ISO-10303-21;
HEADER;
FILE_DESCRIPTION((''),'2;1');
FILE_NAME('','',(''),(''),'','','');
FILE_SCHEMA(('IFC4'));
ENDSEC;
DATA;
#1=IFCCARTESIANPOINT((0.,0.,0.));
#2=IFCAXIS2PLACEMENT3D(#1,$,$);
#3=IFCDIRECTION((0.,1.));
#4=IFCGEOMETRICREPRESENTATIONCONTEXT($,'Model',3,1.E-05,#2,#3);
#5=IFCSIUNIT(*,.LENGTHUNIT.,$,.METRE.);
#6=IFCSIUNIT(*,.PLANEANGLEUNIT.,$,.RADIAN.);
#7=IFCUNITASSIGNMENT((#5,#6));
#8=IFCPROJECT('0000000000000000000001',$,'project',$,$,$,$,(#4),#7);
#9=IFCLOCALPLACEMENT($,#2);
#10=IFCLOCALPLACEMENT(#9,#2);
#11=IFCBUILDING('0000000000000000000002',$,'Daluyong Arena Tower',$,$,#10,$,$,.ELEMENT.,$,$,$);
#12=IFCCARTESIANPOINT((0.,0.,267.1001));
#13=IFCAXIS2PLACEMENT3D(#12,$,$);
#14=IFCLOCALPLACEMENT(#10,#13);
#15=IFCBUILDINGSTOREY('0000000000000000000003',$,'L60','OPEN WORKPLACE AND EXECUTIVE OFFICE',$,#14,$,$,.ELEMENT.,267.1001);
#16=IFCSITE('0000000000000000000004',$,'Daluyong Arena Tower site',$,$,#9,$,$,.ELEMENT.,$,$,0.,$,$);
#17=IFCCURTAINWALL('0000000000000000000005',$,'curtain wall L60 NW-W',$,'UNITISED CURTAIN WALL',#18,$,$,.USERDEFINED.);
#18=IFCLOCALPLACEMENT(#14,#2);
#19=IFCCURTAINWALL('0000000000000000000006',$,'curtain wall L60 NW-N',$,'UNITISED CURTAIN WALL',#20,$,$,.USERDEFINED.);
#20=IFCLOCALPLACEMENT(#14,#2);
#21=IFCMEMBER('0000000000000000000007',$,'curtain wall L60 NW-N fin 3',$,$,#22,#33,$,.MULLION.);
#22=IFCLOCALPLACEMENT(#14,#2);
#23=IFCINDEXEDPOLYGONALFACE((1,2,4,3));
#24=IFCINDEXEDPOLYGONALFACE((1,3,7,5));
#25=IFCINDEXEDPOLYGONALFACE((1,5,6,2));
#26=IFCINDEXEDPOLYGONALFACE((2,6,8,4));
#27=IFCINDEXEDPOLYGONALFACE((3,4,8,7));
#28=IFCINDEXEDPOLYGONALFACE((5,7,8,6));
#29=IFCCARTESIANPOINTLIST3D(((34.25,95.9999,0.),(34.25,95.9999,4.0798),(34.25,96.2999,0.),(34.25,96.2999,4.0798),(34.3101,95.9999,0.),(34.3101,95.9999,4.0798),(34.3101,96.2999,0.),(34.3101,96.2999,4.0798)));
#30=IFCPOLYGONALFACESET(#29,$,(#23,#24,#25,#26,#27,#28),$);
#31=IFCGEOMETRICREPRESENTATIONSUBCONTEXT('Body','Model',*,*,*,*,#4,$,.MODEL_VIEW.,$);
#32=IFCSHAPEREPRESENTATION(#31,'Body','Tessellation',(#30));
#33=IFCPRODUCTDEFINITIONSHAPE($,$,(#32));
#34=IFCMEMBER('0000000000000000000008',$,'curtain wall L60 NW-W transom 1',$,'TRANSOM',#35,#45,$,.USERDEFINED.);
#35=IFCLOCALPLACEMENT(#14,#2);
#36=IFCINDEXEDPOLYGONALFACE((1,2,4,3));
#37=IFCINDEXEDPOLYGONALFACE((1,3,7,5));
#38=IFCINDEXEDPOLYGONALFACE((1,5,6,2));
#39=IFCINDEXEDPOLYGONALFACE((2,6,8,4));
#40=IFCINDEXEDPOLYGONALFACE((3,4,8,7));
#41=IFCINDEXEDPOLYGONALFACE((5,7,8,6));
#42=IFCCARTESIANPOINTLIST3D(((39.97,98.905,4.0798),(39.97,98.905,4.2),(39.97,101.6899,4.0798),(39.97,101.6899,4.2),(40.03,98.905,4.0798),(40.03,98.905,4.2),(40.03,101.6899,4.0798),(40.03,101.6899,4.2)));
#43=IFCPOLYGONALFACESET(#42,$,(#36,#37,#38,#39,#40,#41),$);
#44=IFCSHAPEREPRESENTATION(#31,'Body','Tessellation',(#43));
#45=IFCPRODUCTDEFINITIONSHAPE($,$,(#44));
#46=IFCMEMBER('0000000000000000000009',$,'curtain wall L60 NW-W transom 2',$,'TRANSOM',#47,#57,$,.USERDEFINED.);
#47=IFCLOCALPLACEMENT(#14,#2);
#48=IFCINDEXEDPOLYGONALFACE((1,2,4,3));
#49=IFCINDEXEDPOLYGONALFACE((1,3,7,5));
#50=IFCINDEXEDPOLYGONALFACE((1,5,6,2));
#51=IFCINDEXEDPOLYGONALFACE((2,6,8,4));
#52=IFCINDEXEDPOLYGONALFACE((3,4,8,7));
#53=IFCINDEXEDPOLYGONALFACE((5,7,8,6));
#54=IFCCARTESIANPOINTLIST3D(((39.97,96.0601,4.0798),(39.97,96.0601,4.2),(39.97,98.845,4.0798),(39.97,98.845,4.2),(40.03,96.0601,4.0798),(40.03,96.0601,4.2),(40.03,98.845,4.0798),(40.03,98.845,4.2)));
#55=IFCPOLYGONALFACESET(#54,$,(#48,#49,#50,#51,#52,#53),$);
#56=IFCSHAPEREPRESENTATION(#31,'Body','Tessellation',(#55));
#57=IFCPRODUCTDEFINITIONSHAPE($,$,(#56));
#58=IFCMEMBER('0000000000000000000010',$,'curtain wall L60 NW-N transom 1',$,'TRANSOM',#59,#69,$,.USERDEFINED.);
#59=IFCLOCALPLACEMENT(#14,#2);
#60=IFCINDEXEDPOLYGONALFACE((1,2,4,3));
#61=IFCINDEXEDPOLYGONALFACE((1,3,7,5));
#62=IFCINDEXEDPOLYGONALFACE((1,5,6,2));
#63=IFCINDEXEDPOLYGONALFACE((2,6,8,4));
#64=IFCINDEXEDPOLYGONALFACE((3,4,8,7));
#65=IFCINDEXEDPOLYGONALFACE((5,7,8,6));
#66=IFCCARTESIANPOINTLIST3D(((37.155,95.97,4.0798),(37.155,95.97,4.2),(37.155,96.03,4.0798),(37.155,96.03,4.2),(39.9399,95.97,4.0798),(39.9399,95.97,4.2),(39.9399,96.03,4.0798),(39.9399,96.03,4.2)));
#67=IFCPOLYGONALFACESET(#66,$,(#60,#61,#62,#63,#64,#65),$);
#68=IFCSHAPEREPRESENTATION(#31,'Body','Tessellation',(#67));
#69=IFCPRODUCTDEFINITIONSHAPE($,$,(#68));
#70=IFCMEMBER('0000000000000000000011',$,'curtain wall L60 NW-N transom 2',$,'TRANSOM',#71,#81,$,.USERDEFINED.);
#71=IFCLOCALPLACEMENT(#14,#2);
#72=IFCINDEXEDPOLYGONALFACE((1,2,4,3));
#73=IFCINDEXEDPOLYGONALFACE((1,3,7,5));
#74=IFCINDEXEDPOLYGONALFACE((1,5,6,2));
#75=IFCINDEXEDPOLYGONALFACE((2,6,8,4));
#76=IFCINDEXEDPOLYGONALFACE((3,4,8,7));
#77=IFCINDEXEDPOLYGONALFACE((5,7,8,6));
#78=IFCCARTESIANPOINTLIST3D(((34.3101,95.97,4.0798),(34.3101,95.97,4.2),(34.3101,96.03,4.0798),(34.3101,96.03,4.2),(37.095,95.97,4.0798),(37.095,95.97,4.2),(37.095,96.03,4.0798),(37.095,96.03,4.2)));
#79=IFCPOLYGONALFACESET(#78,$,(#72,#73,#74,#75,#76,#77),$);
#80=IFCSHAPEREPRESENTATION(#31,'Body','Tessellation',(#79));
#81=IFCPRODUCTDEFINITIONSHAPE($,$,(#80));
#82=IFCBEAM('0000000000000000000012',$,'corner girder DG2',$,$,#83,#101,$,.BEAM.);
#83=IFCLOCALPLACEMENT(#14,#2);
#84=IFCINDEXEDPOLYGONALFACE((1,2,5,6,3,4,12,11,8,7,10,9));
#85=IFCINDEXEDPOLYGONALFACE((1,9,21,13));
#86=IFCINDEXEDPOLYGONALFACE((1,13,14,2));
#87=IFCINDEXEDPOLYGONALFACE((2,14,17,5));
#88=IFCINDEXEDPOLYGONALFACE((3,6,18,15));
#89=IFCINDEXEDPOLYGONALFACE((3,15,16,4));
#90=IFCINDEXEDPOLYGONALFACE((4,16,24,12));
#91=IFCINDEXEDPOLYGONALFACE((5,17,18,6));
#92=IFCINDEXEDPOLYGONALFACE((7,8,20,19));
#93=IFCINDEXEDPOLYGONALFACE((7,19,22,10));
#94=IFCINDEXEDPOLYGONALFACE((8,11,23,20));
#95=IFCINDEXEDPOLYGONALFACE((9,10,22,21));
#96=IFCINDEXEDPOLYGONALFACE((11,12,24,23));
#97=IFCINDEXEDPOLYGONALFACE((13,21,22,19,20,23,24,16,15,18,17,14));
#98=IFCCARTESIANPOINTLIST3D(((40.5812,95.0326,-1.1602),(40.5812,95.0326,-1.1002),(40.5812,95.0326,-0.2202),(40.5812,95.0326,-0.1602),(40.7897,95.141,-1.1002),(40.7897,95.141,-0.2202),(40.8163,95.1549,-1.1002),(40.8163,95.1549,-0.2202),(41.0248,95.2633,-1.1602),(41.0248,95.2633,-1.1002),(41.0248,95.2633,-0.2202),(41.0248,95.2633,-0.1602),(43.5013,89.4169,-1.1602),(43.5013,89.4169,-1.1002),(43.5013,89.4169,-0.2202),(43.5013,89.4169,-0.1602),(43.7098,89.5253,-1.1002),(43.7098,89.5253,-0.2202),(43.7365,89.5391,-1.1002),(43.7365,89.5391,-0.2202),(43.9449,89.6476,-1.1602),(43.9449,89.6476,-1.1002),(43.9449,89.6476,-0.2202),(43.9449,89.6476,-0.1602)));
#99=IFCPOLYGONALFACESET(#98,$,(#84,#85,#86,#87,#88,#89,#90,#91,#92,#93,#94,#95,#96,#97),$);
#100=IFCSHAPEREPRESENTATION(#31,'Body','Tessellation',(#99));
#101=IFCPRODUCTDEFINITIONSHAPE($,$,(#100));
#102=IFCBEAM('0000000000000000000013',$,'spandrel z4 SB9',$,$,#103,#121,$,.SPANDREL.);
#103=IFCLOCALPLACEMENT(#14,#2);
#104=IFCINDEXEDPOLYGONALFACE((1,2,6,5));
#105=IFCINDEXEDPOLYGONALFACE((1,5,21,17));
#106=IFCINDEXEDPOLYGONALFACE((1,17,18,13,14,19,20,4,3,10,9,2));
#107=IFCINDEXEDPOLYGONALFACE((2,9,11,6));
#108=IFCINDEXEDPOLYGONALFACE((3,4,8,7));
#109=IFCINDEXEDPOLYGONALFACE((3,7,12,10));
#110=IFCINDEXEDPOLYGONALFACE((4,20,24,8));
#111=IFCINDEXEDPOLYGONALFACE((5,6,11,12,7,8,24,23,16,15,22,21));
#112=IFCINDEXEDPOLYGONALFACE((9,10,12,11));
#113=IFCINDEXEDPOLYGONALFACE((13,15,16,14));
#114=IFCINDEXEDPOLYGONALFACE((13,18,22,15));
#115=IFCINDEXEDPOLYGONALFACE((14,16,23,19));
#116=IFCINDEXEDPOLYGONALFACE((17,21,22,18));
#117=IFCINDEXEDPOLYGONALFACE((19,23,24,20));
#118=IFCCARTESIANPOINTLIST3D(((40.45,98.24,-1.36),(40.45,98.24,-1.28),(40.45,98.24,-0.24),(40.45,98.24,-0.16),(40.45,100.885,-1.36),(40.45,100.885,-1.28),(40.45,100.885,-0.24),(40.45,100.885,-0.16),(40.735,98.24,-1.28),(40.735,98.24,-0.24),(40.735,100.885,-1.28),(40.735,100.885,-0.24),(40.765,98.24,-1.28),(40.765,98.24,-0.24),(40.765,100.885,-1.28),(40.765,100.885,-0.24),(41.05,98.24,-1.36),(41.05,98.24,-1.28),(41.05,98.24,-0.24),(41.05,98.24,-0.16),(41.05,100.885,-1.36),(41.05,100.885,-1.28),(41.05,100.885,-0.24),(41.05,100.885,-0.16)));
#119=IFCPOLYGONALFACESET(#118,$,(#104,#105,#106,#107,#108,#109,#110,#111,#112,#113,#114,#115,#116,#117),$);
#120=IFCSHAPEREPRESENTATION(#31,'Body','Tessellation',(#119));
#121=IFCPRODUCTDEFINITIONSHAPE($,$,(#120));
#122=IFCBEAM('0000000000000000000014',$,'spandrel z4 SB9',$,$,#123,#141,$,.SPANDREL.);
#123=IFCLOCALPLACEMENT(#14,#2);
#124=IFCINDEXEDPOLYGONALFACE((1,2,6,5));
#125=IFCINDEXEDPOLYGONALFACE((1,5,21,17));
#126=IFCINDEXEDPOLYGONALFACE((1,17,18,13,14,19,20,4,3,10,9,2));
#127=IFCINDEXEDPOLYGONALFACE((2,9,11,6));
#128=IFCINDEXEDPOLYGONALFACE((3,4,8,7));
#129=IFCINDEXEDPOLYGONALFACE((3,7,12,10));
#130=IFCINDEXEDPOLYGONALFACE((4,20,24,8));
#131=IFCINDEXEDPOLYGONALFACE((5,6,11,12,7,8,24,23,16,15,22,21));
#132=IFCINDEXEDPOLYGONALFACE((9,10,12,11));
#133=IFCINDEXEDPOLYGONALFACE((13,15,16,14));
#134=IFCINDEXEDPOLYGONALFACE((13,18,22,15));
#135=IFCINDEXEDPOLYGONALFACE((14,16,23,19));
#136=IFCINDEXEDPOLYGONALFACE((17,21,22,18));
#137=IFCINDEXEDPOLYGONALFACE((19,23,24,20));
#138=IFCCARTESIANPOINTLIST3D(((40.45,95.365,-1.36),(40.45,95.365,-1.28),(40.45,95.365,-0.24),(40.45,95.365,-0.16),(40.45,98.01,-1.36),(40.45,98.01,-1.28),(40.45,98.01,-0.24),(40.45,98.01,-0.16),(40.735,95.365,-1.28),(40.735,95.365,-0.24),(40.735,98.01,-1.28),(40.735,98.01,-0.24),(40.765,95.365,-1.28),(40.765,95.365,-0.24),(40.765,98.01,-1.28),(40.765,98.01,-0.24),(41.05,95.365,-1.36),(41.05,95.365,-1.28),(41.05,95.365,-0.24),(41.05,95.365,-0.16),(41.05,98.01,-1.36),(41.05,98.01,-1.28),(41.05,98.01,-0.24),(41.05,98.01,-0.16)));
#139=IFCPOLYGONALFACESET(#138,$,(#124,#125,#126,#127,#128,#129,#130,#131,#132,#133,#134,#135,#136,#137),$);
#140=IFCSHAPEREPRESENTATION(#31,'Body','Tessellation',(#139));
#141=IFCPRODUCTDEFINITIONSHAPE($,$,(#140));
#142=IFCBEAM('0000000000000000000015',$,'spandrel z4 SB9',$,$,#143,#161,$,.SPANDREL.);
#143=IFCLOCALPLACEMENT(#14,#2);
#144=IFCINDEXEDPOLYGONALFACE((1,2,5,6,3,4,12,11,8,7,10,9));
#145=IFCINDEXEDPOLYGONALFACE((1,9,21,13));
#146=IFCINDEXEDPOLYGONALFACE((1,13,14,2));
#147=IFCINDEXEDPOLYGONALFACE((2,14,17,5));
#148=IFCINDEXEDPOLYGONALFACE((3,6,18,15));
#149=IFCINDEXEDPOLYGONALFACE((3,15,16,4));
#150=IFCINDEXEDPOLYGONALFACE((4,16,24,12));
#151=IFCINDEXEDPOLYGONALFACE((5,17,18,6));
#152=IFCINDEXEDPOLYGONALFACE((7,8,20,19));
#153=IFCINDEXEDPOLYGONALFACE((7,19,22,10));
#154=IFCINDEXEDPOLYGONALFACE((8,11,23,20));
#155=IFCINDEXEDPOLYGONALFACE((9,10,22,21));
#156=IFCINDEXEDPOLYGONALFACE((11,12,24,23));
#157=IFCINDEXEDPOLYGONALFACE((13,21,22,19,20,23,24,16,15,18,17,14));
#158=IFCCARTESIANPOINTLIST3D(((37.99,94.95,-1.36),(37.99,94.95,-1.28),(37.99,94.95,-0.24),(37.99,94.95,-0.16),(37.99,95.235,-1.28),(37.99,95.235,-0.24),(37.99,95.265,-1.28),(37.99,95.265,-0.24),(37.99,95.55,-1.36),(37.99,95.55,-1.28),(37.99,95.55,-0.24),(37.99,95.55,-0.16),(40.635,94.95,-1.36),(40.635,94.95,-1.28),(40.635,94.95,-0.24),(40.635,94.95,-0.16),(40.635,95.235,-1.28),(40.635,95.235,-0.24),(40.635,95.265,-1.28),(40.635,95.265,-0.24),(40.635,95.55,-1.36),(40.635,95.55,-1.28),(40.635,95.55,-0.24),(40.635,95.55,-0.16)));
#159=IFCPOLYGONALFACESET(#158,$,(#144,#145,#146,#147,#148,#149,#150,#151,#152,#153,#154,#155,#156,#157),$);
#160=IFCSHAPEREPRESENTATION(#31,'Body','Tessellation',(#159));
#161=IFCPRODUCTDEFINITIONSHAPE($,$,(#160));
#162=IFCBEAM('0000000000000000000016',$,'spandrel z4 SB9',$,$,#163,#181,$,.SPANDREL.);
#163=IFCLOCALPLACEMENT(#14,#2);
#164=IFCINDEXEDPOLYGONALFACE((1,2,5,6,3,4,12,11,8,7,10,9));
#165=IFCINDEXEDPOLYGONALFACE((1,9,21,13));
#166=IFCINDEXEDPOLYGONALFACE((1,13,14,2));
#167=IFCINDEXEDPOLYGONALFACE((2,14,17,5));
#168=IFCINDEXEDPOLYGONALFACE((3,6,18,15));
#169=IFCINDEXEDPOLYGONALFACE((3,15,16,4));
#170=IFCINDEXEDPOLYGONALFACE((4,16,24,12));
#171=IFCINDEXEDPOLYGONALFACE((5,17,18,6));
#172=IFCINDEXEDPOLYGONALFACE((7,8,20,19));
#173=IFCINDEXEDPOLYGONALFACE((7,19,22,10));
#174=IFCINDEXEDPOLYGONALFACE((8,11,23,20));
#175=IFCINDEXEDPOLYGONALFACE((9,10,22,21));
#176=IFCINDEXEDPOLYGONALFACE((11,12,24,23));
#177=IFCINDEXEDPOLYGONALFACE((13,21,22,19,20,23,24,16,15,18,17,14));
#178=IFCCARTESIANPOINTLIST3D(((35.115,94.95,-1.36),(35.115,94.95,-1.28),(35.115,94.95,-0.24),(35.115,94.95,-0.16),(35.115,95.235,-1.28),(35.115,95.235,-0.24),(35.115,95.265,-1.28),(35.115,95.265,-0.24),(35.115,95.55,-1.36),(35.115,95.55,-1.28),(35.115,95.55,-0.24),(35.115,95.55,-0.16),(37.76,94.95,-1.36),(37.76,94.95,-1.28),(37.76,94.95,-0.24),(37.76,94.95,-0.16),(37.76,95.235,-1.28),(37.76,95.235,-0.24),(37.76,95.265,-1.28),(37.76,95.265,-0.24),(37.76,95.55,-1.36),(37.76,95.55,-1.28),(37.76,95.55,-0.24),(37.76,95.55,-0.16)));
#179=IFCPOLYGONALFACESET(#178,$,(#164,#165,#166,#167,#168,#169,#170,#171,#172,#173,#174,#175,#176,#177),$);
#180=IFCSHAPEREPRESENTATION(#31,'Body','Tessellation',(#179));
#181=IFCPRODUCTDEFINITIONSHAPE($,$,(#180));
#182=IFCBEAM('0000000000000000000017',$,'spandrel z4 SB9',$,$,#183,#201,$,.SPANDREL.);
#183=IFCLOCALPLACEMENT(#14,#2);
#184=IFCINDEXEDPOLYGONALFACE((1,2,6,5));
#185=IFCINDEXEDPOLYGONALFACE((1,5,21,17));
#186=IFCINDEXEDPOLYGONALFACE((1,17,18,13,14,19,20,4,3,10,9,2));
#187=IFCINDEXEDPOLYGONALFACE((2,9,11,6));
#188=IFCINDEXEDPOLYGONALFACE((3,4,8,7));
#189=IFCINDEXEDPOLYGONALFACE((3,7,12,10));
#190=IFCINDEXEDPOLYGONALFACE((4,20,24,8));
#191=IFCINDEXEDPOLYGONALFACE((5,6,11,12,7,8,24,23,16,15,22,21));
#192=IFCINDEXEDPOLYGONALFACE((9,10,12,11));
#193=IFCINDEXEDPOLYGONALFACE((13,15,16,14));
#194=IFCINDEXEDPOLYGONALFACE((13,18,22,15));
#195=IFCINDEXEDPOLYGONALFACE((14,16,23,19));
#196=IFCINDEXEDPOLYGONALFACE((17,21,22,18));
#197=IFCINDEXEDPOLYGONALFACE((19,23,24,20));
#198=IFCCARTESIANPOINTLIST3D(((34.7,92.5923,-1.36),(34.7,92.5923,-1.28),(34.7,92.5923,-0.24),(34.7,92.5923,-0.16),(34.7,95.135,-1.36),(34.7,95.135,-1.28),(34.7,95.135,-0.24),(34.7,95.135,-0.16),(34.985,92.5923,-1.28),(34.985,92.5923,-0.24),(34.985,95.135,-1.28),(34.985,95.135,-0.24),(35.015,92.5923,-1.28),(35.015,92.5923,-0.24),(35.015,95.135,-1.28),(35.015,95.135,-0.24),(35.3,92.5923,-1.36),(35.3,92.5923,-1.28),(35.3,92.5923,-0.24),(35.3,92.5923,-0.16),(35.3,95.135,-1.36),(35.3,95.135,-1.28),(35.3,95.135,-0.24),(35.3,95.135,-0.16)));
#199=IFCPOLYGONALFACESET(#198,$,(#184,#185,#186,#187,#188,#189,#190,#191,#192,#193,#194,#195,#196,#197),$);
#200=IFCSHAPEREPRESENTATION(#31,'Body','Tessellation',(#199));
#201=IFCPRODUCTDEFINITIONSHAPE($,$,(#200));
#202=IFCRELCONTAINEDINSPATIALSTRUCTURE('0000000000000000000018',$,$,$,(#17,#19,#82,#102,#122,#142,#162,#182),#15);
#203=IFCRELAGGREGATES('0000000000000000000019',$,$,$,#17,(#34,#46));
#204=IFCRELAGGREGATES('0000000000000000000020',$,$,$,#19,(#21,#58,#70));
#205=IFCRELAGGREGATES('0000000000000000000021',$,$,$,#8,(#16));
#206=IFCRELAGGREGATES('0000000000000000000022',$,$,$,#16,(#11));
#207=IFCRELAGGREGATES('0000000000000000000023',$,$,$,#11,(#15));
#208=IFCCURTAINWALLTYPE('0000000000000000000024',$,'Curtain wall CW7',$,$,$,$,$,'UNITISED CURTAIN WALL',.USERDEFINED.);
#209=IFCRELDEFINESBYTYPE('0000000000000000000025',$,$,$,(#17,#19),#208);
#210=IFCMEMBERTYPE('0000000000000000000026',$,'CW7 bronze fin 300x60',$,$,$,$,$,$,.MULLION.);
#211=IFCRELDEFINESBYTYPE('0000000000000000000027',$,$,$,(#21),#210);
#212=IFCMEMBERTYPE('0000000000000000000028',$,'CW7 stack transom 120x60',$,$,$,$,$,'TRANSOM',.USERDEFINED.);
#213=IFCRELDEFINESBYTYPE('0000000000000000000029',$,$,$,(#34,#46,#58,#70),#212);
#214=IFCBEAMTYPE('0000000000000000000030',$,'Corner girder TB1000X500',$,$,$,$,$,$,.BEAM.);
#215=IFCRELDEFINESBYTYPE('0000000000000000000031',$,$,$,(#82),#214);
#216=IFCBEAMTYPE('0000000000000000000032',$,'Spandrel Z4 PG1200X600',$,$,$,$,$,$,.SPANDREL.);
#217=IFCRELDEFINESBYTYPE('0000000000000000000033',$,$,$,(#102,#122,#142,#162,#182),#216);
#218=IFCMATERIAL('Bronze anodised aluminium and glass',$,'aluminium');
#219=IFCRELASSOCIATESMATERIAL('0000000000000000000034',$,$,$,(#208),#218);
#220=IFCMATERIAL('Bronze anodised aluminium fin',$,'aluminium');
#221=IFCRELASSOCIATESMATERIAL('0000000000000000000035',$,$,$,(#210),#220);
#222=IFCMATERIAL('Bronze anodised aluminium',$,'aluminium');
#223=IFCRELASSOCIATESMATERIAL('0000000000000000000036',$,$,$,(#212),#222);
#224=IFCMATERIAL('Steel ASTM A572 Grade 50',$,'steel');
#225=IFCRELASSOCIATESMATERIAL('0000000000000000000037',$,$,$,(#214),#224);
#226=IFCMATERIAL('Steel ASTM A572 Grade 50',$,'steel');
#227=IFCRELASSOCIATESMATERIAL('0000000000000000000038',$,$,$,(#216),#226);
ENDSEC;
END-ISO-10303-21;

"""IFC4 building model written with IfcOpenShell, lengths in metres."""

from ifc_helpers import new_model, si_unit, direction, frame, origin, origin_2d, place, context, subcontext, project, spatial, rectangle, i_section, extrude, material, material_profile, profile_set, type_object, element, aggregate, save


model = new_model("IFC4")

# Units and contexts
model_context = context("Model", 3, precision=1e-05, world=origin(), true_north=direction((0.0, 1.0)))
body_context = subcontext(model_context, "Body", "Model", "MODEL_VIEW")
ifc_project = project(units=[si_unit("LENGTHUNIT", "METRE"), si_unit("PLANEANGLEUNIT", "RADIAN")], contexts=[model_context])

# Site, building, storey
site_placement = place(None, origin())
site = spatial("IfcSite", under=ifc_project, at=site_placement, Name="Daluyong Arena Tower site", CompositionType="ELEMENT", RefElevation=0.0)
building_placement = place(site_placement, origin())
building = spatial("IfcBuilding", under=site, at=building_placement, Name="Daluyong Arena Tower", CompositionType="ELEMENT")
storey_placement = place(building_placement, frame((0.0, 0.0, 267.1001)))
storey = spatial("IfcBuildingStorey", under=building, at=storey_placement, Name="L60", Description="OPEN WORKPLACE AND EXECUTIVE OFFICE", CompositionType="ELEMENT", Elevation=267.1001)

# Curtain walls, member
ifc_material_1 = material(Name="Bronze anodised aluminium and glass", Category="aluminium")
curtain_wall_type_1 = type_object("IfcCurtainWallType", Name="Curtain wall CW7", ElementType="UNITISED CURTAIN WALL", PredefinedType="USERDEFINED", material=ifc_material_1)
curtain_wall_1_placement = place(storey_placement, origin())
curtain_wall_1 = element("IfcCurtainWall", 1, at=curtain_wall_1_placement, inside=storey, type_object=curtain_wall_type_1, Name="curtain wall L60 NW-W", ObjectType="UNITISED CURTAIN WALL", PredefinedType="USERDEFINED")
ifc_material_2 = material(Name="Bronze anodised aluminium fin", Category="aluminium")
ifc_material_profile_1 = material_profile(ifc_material_2, rectangle(XDim=0.3, YDim=0.0601, at=origin_2d()))
ifc_profile_set_1 = profile_set([ifc_material_profile_1], Name="Bronze anodised aluminium fin")
member_type_1 = type_object("IfcMemberType", Name="CW7 bronze fin 300x60", PredefinedType="MULLION", material=ifc_profile_set_1)
curtain_wall_2_placement = place(storey_placement, origin())
curtain_wall_2 = element("IfcCurtainWall", 2, at=curtain_wall_2_placement, inside=storey, type_object=curtain_wall_type_1, Name="curtain wall L60 NW-N", ObjectType="UNITISED CURTAIN WALL", PredefinedType="USERDEFINED")
member_1_placement = place(storey_placement, frame((34.28, 96.1499, 0.0), z_axis=(0.0, 0.0, 1.0), x_axis=(0.0, -1.0, 0.0)))
member_1 = element("IfcMember", 3, at=member_1_placement, type_object=member_type_1, Name="curtain wall L60 NW-N fin 3", PredefinedType="MULLION", context=body_context, shape_type="SweptSolid", body=[
    extrude(rectangle(XDim=0.3, YDim=0.0601, at=origin_2d()), origin(), (0.0, 0.0, 1.0), 4.0798),
])

# Members
ifc_material_3 = material(Name="Bronze anodised aluminium", Category="aluminium")
ifc_material_profile_2 = material_profile(ifc_material_3, rectangle(XDim=0.0601, YDim=0.1201, at=origin_2d()))
ifc_profile_set_2 = profile_set([ifc_material_profile_2], Name="Bronze anodised aluminium")
member_type_2 = type_object("IfcMemberType", Name="CW7 stack transom 120x60", ElementType="TRANSOM", PredefinedType="USERDEFINED", material=ifc_profile_set_2)
member_2_placement = place(storey_placement, frame((40.0, 101.6899, 4.1399), z_axis=(0.0, -1.0, 0.0), x_axis=(1.0, 0.0, 0.0)))
member_2 = element("IfcMember", 4, at=member_2_placement, type_object=member_type_2, Name="curtain wall L60 NW-W transom 1", ObjectType="TRANSOM", PredefinedType="USERDEFINED", context=body_context, shape_type="SweptSolid", body=[
    extrude(rectangle(XDim=0.0601, YDim=0.1201, at=origin_2d()), origin(), (0.0, 0.0, 1.0), 2.7849),
])
member_3_placement = place(storey_placement, frame((40.0, 98.845, 4.1399), z_axis=(0.0, -1.0, 0.0), x_axis=(1.0, 0.0, 0.0)))
member_3 = element("IfcMember", 5, at=member_3_placement, type_object=member_type_2, Name="curtain wall L60 NW-W transom 2", ObjectType="TRANSOM", PredefinedType="USERDEFINED", context=body_context, shape_type="SweptSolid", body=[
    extrude(rectangle(XDim=0.0601, YDim=0.1201, at=origin_2d()), origin(), (0.0, 0.0, 1.0), 2.7849),
])
member_4_placement = place(storey_placement, frame((39.9399, 96.0, 4.1399), z_axis=(-1.0, 0.0, 0.0), x_axis=(0.0, -1.0, 0.0)))
member_4 = element("IfcMember", 6, at=member_4_placement, type_object=member_type_2, Name="curtain wall L60 NW-N transom 1", ObjectType="TRANSOM", PredefinedType="USERDEFINED", context=body_context, shape_type="SweptSolid", body=[
    extrude(rectangle(XDim=0.0601, YDim=0.1201, at=origin_2d()), origin(), (0.0, 0.0, 1.0), 2.7849),
])
member_5_placement = place(storey_placement, frame((37.095, 96.0, 4.1399), z_axis=(-1.0, 0.0, 0.0), x_axis=(0.0, -1.0, 0.0)))
member_5 = element("IfcMember", 7, at=member_5_placement, type_object=member_type_2, Name="curtain wall L60 NW-N transom 2", ObjectType="TRANSOM", PredefinedType="USERDEFINED", context=body_context, shape_type="SweptSolid", body=[
    extrude(rectangle(XDim=0.0601, YDim=0.1201, at=origin_2d()), origin(), (0.0, 0.0, 1.0), 2.7849),
])

# Beams
ifc_material_4 = material(Name="Steel ASTM A572 Grade 50", Category="steel")
ifc_material_profile_3 = material_profile(ifc_material_4, i_section(OverallWidth=0.5, OverallDepth=1.0, WebThickness=0.03, FlangeThickness=0.06, at=origin_2d()))
ifc_profile_set_3 = profile_set([ifc_material_profile_3], Name="Steel ASTM A572 Grade 50")
beam_type_1 = type_object("IfcBeamType", Name="Corner girder TB1000X500", PredefinedType="BEAM", material=ifc_profile_set_3)
beam_1_placement = place(storey_placement, frame((40.803, 95.1479, -0.6602), z_axis=(0.461352, -0.887217, 0.0), x_axis=(0.887217, 0.461352, 0.0)))
element("IfcBeam", 8, at=beam_1_placement, inside=storey, type_object=beam_type_1, Name="corner girder DG2", PredefinedType="BEAM", context=body_context, shape_type="SweptSolid", body=[
    extrude(i_section(OverallWidth=0.5, OverallDepth=1.0, WebThickness=0.03, FlangeThickness=0.06, at=origin_2d()), origin(), (0.0, 0.0, 1.0), 6.3296),
])
ifc_material_5 = material(Name="Steel ASTM A572 Grade 50", Category="steel")
ifc_material_profile_4 = material_profile(ifc_material_5, i_section(OverallWidth=0.6001, OverallDepth=1.2, WebThickness=0.03, FlangeThickness=0.08, at=origin_2d()))
ifc_profile_set_4 = profile_set([ifc_material_profile_4], Name="Steel ASTM A572 Grade 50")
beam_type_2 = type_object("IfcBeamType", Name="Spandrel Z4 PG1200X600", PredefinedType="SPANDREL", material=ifc_profile_set_4)
for number, where, z_axis, x_axis, name in (
    (9, (40.75, 100.885, -0.76), (0.0, -1.0, 0.0), (1.0, 0.0, 0.0), "spandrel z4 SB9"),
    (10, (40.75, 98.01, -0.76), (0.0, -1.0, 0.0), (1.0, 0.0, 0.0), "spandrel z4 SB9"),
    (11, (40.635, 95.25, -0.76), (-1.0, 0.0, 0.0), (0.0, -1.0, 0.0), "spandrel z4 SB9"),
    (12, (37.76, 95.25, -0.76), (-1.0, 0.0, 0.0), (0.0, -1.0, 0.0), "spandrel z4 SB9"),
):
    element("IfcBeam", number, at=place(storey_placement, frame(where, z_axis=z_axis, x_axis=x_axis)), inside=storey, type_object=beam_type_2, Name=name, PredefinedType="SPANDREL", context=body_context, shape_type="SweptSolid", body=[
        extrude(i_section(OverallWidth=0.6001, OverallDepth=1.2, WebThickness=0.03, FlangeThickness=0.08, at=origin_2d()), origin(), (0.0, 0.0, 1.0), 2.645),
    ])
beam_2_placement = place(storey_placement, frame((35.0, 95.135, -0.76), z_axis=(0.0, -1.0, 0.0), x_axis=(1.0, 0.0, 0.0)))
element("IfcBeam", 13, at=beam_2_placement, inside=storey, type_object=beam_type_2, Name="spandrel z4 SB9", PredefinedType="SPANDREL", context=body_context, shape_type="SweptSolid", body=[
    extrude(i_section(OverallWidth=0.6001, OverallDepth=1.2, WebThickness=0.03, FlangeThickness=0.08, at=origin_2d()), origin(), (0.0, 0.0, 1.0), 2.5427),
])

aggregate(curtain_wall_1, [member_2, member_3])
aggregate(curtain_wall_2, [member_1, member_4, member_5])

save(model, "model.ifc")
